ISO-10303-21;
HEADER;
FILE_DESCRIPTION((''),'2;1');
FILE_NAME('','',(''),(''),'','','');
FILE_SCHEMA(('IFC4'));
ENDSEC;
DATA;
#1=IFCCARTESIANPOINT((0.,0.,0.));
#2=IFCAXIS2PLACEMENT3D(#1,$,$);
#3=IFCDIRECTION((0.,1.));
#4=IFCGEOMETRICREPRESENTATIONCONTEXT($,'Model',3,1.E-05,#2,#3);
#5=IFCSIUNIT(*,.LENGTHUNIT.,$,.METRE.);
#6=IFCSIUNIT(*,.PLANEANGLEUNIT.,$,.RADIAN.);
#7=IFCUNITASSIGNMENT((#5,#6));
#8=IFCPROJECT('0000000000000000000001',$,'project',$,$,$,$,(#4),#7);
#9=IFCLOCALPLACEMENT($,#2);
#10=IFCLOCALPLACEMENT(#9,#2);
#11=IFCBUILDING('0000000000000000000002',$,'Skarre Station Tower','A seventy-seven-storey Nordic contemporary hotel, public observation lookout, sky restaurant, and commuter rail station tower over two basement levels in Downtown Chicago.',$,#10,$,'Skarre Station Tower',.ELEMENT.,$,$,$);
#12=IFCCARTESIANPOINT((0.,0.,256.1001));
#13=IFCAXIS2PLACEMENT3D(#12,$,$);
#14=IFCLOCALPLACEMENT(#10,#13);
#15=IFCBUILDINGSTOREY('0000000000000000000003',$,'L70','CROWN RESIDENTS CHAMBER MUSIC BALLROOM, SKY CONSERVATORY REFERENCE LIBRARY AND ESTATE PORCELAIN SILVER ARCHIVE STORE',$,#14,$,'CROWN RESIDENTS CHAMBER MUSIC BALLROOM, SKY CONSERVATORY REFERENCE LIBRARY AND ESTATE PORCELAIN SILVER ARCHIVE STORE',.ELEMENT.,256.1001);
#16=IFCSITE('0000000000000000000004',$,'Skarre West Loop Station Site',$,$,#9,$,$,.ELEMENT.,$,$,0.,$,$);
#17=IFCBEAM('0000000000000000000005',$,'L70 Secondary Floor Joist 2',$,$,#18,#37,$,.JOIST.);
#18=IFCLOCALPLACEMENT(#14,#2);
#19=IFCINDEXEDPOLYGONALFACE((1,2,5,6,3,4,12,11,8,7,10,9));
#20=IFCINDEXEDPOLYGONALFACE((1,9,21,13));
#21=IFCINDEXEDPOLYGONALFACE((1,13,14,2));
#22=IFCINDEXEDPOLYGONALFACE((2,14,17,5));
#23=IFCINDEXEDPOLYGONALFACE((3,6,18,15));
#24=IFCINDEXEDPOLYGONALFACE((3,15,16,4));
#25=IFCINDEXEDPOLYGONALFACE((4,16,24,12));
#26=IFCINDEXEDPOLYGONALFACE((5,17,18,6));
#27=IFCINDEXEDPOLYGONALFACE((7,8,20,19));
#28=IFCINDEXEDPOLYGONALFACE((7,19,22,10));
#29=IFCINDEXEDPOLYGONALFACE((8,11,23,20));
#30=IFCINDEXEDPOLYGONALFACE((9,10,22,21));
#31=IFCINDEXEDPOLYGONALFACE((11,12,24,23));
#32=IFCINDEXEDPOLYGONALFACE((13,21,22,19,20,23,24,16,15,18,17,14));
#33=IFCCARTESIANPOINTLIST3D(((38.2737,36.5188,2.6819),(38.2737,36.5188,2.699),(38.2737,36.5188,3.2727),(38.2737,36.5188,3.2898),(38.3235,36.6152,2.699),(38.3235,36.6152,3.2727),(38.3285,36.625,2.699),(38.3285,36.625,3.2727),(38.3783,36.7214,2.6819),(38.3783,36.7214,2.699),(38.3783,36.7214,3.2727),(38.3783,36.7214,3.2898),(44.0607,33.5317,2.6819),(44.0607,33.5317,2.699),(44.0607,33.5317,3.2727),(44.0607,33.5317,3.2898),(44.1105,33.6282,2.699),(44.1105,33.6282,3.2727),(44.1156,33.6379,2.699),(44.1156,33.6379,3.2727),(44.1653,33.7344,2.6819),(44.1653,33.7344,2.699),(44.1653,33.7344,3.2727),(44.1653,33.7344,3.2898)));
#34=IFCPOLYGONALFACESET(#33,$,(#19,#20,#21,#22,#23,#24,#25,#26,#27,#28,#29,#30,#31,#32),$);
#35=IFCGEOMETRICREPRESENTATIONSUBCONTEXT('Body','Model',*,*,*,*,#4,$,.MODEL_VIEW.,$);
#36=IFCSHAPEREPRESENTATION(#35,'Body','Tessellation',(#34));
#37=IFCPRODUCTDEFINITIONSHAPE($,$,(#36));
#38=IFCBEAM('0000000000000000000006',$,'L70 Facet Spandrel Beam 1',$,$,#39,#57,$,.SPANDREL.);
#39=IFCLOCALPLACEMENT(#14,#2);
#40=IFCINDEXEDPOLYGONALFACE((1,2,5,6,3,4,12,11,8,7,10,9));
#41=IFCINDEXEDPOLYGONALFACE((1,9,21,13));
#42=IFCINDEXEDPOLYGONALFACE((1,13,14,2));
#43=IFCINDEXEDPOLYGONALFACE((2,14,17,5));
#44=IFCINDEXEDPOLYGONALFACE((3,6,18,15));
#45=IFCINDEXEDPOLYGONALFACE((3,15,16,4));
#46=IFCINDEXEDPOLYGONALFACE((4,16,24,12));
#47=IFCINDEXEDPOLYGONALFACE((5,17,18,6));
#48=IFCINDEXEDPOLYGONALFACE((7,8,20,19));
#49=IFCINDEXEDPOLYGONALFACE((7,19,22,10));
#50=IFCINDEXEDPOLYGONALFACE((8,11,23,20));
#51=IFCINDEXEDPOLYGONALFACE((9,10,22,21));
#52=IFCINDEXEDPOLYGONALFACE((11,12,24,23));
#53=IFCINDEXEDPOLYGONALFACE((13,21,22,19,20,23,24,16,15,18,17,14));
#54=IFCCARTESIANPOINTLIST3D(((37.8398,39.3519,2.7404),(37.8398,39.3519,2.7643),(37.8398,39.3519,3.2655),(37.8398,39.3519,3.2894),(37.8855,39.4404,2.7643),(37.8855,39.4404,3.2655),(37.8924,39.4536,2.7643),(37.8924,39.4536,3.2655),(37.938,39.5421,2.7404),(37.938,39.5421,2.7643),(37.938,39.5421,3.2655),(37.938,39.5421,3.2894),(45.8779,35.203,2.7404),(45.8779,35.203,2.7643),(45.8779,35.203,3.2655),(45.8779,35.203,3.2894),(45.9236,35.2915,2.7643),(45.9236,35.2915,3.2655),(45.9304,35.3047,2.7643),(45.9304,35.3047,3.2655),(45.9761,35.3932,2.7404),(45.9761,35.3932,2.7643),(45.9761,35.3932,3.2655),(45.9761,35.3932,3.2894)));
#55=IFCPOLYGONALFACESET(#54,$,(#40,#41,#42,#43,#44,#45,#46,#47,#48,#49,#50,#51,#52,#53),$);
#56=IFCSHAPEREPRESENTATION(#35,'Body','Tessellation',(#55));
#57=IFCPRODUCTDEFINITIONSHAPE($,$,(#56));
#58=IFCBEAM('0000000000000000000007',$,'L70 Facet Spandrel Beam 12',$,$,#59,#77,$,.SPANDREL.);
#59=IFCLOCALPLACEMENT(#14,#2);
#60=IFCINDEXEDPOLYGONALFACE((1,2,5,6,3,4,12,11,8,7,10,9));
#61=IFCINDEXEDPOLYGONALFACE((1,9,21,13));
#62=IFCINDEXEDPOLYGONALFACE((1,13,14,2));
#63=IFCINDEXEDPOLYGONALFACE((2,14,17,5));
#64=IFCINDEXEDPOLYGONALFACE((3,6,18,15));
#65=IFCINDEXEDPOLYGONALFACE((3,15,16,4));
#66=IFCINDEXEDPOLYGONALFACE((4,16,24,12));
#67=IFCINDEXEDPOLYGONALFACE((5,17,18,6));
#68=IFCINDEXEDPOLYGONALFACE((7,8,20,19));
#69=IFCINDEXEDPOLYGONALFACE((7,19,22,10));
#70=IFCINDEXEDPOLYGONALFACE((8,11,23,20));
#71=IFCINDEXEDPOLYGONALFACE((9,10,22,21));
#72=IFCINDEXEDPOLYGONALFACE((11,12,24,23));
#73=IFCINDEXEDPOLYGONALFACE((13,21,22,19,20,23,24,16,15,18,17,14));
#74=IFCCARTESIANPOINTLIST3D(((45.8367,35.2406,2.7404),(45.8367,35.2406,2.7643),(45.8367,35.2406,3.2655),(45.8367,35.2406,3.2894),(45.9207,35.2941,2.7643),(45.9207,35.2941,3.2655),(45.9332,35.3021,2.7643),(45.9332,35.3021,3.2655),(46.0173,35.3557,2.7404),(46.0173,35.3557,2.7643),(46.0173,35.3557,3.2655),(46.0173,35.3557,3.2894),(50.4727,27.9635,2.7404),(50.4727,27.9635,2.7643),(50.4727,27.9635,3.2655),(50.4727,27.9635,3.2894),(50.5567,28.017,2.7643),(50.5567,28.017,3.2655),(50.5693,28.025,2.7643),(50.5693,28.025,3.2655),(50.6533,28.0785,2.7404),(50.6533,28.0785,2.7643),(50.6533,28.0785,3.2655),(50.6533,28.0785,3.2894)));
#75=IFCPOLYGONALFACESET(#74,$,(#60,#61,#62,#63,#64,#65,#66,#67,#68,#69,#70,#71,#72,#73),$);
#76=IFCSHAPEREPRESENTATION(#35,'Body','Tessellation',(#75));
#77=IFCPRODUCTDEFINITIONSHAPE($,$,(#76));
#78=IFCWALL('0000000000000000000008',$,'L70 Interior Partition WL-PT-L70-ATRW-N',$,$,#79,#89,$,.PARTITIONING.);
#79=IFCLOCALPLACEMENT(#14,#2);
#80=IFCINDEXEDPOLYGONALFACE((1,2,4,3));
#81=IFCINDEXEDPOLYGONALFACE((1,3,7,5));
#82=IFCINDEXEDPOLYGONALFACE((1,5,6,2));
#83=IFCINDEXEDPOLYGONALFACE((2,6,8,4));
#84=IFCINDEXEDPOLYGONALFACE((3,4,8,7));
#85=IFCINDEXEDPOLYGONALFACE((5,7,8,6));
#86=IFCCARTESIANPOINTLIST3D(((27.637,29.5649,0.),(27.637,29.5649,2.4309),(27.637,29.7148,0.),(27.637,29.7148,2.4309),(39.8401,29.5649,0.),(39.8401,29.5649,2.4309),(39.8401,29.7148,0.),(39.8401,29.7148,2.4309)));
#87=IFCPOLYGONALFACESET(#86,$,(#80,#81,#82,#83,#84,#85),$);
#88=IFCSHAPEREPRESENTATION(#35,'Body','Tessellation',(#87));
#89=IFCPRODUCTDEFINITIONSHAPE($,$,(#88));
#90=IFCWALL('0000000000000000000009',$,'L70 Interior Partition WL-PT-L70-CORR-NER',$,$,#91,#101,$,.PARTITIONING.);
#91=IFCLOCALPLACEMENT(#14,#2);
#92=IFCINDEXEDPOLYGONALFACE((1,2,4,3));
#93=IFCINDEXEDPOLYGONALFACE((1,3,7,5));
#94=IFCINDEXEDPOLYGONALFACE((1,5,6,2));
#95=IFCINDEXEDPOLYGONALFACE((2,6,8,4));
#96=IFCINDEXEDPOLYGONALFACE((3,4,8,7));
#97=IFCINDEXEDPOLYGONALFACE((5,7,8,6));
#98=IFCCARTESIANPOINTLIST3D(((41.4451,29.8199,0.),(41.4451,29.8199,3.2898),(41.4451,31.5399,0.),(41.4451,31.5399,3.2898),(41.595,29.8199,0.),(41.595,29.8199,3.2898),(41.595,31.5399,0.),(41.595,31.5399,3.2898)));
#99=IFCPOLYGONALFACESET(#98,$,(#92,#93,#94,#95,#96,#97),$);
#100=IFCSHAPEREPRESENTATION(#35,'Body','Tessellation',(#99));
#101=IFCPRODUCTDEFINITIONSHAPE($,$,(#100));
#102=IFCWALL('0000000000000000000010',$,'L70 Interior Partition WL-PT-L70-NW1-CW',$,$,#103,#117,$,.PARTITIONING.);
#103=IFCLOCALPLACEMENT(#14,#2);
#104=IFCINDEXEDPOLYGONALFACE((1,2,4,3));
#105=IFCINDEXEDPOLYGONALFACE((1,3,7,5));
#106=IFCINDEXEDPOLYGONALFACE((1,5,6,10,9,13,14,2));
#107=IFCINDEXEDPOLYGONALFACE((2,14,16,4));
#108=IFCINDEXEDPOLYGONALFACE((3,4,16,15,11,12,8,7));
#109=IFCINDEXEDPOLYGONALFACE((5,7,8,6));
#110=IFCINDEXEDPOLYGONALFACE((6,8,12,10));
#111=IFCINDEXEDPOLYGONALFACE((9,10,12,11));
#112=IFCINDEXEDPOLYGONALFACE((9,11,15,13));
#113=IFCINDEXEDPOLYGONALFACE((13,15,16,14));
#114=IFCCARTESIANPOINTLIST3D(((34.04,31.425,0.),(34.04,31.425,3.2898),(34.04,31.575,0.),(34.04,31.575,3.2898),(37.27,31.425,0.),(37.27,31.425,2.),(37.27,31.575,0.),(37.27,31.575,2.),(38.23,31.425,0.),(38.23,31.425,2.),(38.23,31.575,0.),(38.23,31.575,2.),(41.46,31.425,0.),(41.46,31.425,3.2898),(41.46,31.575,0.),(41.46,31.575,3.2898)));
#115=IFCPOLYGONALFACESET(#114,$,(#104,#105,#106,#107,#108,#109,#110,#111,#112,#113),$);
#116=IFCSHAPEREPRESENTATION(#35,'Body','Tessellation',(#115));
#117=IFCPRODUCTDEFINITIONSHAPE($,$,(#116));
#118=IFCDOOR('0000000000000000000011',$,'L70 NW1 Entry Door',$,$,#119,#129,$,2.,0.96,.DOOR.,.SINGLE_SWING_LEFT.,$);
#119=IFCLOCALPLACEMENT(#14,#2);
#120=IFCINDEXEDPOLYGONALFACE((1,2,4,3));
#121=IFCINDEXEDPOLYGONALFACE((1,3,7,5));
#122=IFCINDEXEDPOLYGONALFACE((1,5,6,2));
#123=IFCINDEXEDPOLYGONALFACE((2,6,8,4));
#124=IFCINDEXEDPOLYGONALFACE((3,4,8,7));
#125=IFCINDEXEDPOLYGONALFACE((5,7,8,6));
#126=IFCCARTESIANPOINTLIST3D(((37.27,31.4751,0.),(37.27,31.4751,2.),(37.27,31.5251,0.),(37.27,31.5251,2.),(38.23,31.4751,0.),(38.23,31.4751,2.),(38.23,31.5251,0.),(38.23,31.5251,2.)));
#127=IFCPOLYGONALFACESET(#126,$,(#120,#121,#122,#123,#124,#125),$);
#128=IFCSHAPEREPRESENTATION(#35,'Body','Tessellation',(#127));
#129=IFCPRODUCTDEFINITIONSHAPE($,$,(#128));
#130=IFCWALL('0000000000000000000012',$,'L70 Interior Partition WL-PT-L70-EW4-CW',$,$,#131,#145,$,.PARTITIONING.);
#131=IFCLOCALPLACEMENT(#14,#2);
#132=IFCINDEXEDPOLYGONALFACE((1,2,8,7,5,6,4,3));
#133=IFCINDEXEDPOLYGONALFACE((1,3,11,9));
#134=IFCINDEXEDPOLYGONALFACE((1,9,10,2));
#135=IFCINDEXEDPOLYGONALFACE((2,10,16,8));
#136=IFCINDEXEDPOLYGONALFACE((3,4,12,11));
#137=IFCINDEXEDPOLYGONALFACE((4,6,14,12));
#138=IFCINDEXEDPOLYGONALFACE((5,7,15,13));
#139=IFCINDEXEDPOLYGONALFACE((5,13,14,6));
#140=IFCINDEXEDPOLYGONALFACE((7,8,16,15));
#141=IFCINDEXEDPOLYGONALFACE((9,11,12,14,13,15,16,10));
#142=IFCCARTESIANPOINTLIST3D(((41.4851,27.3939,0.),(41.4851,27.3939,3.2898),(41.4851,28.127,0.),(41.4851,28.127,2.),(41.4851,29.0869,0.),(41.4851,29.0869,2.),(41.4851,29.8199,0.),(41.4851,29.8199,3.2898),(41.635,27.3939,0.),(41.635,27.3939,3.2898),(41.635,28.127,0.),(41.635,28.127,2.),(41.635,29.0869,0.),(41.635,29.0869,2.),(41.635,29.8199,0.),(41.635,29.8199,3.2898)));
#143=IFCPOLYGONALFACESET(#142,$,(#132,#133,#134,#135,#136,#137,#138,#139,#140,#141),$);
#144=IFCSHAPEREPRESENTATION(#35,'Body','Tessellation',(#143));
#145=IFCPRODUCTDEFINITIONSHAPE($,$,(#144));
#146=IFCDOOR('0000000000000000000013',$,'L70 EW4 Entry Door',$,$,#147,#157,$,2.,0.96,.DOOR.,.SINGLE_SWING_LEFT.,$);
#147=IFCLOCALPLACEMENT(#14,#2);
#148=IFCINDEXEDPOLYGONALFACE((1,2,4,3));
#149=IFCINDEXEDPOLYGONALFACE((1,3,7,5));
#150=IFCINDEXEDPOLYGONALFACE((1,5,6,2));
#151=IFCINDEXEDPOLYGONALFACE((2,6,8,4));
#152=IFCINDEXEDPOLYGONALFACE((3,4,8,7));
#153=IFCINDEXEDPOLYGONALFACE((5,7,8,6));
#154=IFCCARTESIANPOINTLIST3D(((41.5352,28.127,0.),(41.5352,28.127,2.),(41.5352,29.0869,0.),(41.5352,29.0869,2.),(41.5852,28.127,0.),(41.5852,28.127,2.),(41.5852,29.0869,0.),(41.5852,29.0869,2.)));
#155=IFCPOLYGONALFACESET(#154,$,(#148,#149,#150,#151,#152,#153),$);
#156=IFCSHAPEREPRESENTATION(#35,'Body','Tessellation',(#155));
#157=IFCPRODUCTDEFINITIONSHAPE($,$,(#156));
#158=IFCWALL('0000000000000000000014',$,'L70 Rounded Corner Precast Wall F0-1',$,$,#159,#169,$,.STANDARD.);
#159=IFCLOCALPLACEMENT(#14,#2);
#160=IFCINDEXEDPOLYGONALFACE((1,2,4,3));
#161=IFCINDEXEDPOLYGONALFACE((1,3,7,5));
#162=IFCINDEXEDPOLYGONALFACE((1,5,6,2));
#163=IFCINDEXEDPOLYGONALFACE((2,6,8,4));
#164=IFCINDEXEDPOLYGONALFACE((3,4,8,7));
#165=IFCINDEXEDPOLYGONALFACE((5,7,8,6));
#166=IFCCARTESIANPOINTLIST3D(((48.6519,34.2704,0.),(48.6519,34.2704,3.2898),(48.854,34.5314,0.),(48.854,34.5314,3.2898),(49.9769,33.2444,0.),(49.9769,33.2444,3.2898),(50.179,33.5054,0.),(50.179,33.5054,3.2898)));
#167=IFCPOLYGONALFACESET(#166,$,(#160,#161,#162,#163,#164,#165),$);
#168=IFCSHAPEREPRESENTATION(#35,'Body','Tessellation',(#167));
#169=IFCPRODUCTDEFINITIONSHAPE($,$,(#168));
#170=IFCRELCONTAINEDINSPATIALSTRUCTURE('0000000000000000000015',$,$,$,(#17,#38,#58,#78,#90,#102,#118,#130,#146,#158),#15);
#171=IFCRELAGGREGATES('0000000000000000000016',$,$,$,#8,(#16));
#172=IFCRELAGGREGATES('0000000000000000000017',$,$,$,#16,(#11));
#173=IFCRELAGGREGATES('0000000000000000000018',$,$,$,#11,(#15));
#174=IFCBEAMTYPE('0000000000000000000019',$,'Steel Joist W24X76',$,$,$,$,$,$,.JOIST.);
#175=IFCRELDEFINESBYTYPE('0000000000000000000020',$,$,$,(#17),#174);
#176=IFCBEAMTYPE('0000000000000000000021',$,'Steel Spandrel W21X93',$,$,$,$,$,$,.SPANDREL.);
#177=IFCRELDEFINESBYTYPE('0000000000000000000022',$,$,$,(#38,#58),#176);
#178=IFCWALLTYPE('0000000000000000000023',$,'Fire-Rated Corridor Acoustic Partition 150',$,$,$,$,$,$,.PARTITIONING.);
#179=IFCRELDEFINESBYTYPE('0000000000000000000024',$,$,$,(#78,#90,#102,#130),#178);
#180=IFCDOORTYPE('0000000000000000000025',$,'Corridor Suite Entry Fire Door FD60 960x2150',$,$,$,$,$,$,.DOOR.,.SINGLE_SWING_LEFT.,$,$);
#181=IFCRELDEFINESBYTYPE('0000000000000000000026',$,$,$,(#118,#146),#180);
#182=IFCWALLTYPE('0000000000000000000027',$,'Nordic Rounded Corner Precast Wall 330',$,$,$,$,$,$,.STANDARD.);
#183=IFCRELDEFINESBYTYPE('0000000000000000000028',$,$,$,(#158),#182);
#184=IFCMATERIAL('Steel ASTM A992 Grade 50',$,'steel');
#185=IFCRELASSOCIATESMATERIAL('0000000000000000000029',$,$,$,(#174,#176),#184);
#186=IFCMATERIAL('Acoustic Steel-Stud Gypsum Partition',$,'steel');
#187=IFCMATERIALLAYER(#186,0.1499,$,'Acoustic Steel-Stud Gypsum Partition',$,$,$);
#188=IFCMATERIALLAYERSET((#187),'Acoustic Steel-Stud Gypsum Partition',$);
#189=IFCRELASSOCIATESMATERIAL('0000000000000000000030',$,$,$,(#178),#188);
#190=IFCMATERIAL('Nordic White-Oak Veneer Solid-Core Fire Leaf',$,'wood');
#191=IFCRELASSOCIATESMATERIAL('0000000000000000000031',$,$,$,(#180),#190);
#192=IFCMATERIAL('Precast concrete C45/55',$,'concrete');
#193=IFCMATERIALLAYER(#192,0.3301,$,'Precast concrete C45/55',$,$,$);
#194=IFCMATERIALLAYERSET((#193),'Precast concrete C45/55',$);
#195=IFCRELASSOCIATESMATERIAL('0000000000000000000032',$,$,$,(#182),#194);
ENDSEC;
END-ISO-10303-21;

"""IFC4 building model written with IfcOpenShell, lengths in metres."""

from ifc_helpers import new_model, si_unit, direction, frame, frame_2d, origin, origin_2d, place, context, subcontext, project, spatial, rectangle, i_section, extrude, material, layer, layer_set, material_profile, profile_set, type_object, element, fill, save


model = new_model("IFC4")

# Units and contexts
model_context = context("Model", 3, precision=1e-05, world=origin(), true_north=direction((0.0, 1.0)))
body_context = subcontext(model_context, "Body", "Model", "MODEL_VIEW")
ifc_project = project(units=[si_unit("LENGTHUNIT", "METRE"), si_unit("PLANEANGLEUNIT", "RADIAN")], contexts=[model_context])

# Site, building, storey
site_placement = place(None, origin())
site = spatial("IfcSite", under=ifc_project, at=site_placement, Name="Skarre West Loop Station Site", CompositionType="ELEMENT", RefElevation=0.0)
building_placement = place(site_placement, origin())
building = spatial("IfcBuilding", under=site, at=building_placement, Name="Skarre Station Tower", Description="A seventy-seven-storey Nordic contemporary hotel, public observation lookout, sky restaurant, and commuter rail station tower over two basement levels in Downtown Chicago.", LongName="Skarre Station Tower", CompositionType="ELEMENT")
storey_placement = place(building_placement, frame((0.0, 0.0, 256.1001)))
storey = spatial("IfcBuildingStorey", under=building, at=storey_placement, Name="L70", Description="CROWN RESIDENTS CHAMBER MUSIC BALLROOM, SKY CONSERVATORY REFERENCE LIBRARY AND ESTATE PORCELAIN SILVER ARCHIVE STORE", LongName="CROWN RESIDENTS CHAMBER MUSIC BALLROOM, SKY CONSERVATORY REFERENCE LIBRARY AND ESTATE PORCELAIN SILVER ARCHIVE STORE", CompositionType="ELEMENT", Elevation=256.1001)

# Beams
ifc_material_1 = material(Name="Steel ASTM A992 Grade 50", Category="steel")
ifc_material_profile_1 = material_profile(ifc_material_1, i_section(OverallWidth=0.228, OverallDepth=0.6079, WebThickness=0.011, FlangeThickness=0.0171, at=origin_2d()), Name="Steel ASTM A992 Grade 50")
ifc_profile_set_1 = profile_set([ifc_material_profile_1], Name="Steel ASTM A992 Grade 50")
beam_type_1 = type_object("IfcBeamType", Name="Steel Joist W24X76", PredefinedType="JOIST", material=ifc_profile_set_1)
beam_1_placement = place(storey_placement, frame((44.113, 33.6331, 2.9858), z_axis=(-0.88861, 0.458663, 0.0), x_axis=(-0.458663, -0.88861, 0.0)))
element("IfcBeam", 1, at=beam_1_placement, inside=storey, type_object=beam_type_1, Name="L70 Secondary Floor Joist 2", PredefinedType="JOIST", context=body_context, shape_type="SweptSolid", body=[
    extrude(i_section(OverallWidth=0.228, OverallDepth=0.6079, WebThickness=0.011, FlangeThickness=0.0171, at=origin_2d()), origin(), (0.0, 0.0, 1.0), 6.5125),
])
ifc_material_profile_2 = material_profile(ifc_material_1, i_section(OverallWidth=0.2141, OverallDepth=0.5491, WebThickness=0.0149, FlangeThickness=0.0239, at=origin_2d()), Name="Steel ASTM A992 Grade 50")
ifc_profile_set_2 = profile_set([ifc_material_profile_2], Name="Steel ASTM A992 Grade 50")
beam_type_2 = type_object("IfcBeamType", Name="Steel Spandrel W21X93", PredefinedType="SPANDREL", material=ifc_profile_set_2)
beam_2_placement = place(storey_placement, frame((45.927, 35.2981, 3.0149), z_axis=(-0.88861, 0.458664, 0.0), x_axis=(-0.458664, -0.88861, 0.0)))
element("IfcBeam", 2, at=beam_2_placement, inside=storey, type_object=beam_type_2, Name="L70 Facet Spandrel Beam 1", PredefinedType="SPANDREL", context=body_context, shape_type="SweptSolid", body=[
    extrude(i_section(OverallWidth=0.2141, OverallDepth=0.5491, WebThickness=0.0149, FlangeThickness=0.0239, at=origin_2d()), origin(), (0.0, 0.0, 1.0), 9.0457),
])
beam_3_placement = place(storey_placement, frame((50.563, 28.021, 3.0149), z_axis=(-0.537297, 0.843393, 0.0), x_axis=(-0.843393, -0.537297, 0.0)))
element("IfcBeam", 3, at=beam_3_placement, inside=storey, type_object=beam_type_2, Name="L70 Facet Spandrel Beam 12", PredefinedType="SPANDREL", context=body_context, shape_type="SweptSolid", body=[
    extrude(i_section(OverallWidth=0.2141, OverallDepth=0.5491, WebThickness=0.0149, FlangeThickness=0.0239, at=origin_2d()), origin(), (0.0, 0.0, 1.0), 8.6284),
])

# Walls
ifc_material_2 = material(Name="Acoustic Steel-Stud Gypsum Partition", Category="steel")
ifc_layer_1 = layer(ifc_material_2, 0.1499, Name="Acoustic Steel-Stud Gypsum Partition")
ifc_layer_set_1 = layer_set([ifc_layer_1], Name="Acoustic Steel-Stud Gypsum Partition")
wall_type_1 = type_object("IfcWallType", Name="Fire-Rated Corridor Acoustic Partition 150", PredefinedType="PARTITIONING", material=ifc_layer_set_1)
wall_1_placement = place(storey_placement, frame((39.8401, 29.6399, 0.0), z_axis=(0.0, 0.0, 1.0), x_axis=(-1.0, 0.0, 0.0)))
element("IfcWall", 4, at=wall_1_placement, inside=storey, type_object=wall_type_1, Name="L70 Interior Partition WL-PT-L70-ATRW-N", PredefinedType="PARTITIONING", context=body_context, shape_type="SweptSolid", body=[
    extrude(rectangle(XDim=12.2031, YDim=0.1499, at=frame_2d((6.1016, 0.0))), origin(), (0.0, 0.0, 1.0), 2.4309),
])
wall_2_placement = place(storey_placement, frame((41.52, 29.8201, 0.0), z_axis=(0.0, 0.0, 1.0), x_axis=(0.0, 1.0, 0.0)))
element("IfcWall", 5, at=wall_2_placement, inside=storey, type_object=wall_type_1, Name="L70 Interior Partition WL-PT-L70-CORR-NER", PredefinedType="PARTITIONING", context=body_context, shape_type="SweptSolid", body=[
    extrude(rectangle(XDim=1.72, YDim=0.1499, at=frame_2d((0.8599, 0.0))), origin(), (0.0, 0.0, 1.0), 3.2898),
])

# Walls, openings, doors
wall_3_placement = place(storey_placement, frame((41.46, 31.5, 0.0), z_axis=(0.0, 0.0, 1.0), x_axis=(-1.0, 0.0, 0.0)))
wall_3 = element("IfcWall", 6, at=wall_3_placement, inside=storey, type_object=wall_type_1, Name="L70 Interior Partition WL-PT-L70-NW1-CW", PredefinedType="PARTITIONING", context=body_context, shape_type="SweptSolid", body=[
    extrude(rectangle(XDim=7.4199, YDim=0.1499, at=frame_2d((3.71, 0.0))), origin(), (0.0, 0.0, 1.0), 3.2898),
])
opening_1_placement = place(wall_3_placement, frame((3.23, 0.0, 0.0)))
opening_1 = element("IfcOpeningElement", 7, at=opening_1_placement, cuts=wall_3, PredefinedType="OPENING", context=body_context, shape_type="SweptSolid", body=[
    extrude(rectangle(XDim=0.96, YDim=2.0, at=frame_2d((0.48, 1.0))), frame((0.0, 0.085, 0.0), z_axis=(0.0, -1.0, 0.0), x_axis=(1.0, 0.0, 0.0)), (0.0, 0.0, 1.0), 0.1699),
])
ifc_material_3 = material(Name="Nordic White-Oak Veneer Solid-Core Fire Leaf", Category="wood")
door_type_1 = type_object("IfcDoorType", Name="Corridor Suite Entry Fire Door FD60 960x2150", OperationType="SINGLE_SWING_LEFT", PredefinedType="DOOR", material=ifc_material_3)
door_1_placement = place(opening_1_placement, origin())
door_1 = element("IfcDoor", 8, at=door_1_placement, inside=storey, type_object=door_type_1, Name="L70 NW1 Entry Door", OperationType="SINGLE_SWING_LEFT", OverallHeight=2.0, OverallWidth=0.96, PredefinedType="DOOR", context=body_context, shape_type="SweptSolid", body=[
    extrude(rectangle(XDim=0.96, YDim=2.0, at=frame_2d((0.48, 1.0))), frame((0.0, 0.0249, 0.0), z_axis=(0.0, -1.0, 0.0), x_axis=(1.0, 0.0, 0.0)), (0.0, 0.0, 1.0), 0.05),
])
fill(opening_1, door_1)
wall_4_placement = place(storey_placement, frame((41.5601, 27.394, 0.0), z_axis=(0.0, 0.0, 1.0), x_axis=(0.0, 1.0, 0.0)))
wall_4 = element("IfcWall", 9, at=wall_4_placement, inside=storey, type_object=wall_type_1, Name="L70 Interior Partition WL-PT-L70-EW4-CW", PredefinedType="PARTITIONING", context=body_context, shape_type="SweptSolid", body=[
    extrude(rectangle(XDim=2.426, YDim=0.1499, at=frame_2d((1.2129, 0.0))), origin(), (0.0, 0.0, 1.0), 3.2898),
])
opening_2_placement = place(wall_4_placement, frame((0.7329, 0.0, 0.0)))
opening_2 = element("IfcOpeningElement", 10, at=opening_2_placement, cuts=wall_4, PredefinedType="OPENING", context=body_context, shape_type="SweptSolid", body=[
    extrude(rectangle(XDim=0.96, YDim=2.0, at=frame_2d((0.48, 1.0))), frame((0.0, 0.085, 0.0), z_axis=(0.0, -1.0, 0.0), x_axis=(1.0, 0.0, 0.0)), (0.0, 0.0, 1.0), 0.1699),
])
door_2_placement = place(opening_2_placement, origin())
door_2 = element("IfcDoor", 11, at=door_2_placement, inside=storey, type_object=door_type_1, Name="L70 EW4 Entry Door", OperationType="SINGLE_SWING_LEFT", OverallHeight=2.0, OverallWidth=0.96, PredefinedType="DOOR", context=body_context, shape_type="SweptSolid", body=[
    extrude(rectangle(XDim=0.96, YDim=2.0, at=frame_2d((0.48, 1.0))), frame((0.0, 0.0249, 0.0), z_axis=(0.0, -1.0, 0.0), x_axis=(1.0, 0.0, 0.0)), (0.0, 0.0, 1.0), 0.05),
])
fill(opening_2, door_2)

# Wall
ifc_material_4 = material(Name="Precast concrete C45/55", Category="concrete")
ifc_layer_2 = layer(ifc_material_4, 0.3301, Name="Precast concrete C45/55")
ifc_layer_set_2 = layer_set([ifc_layer_2], Name="Precast concrete C45/55")
wall_type_2 = type_object("IfcWallType", Name="Nordic Rounded Corner Precast Wall 330", PredefinedType="STANDARD", material=ifc_layer_set_2)
wall_5_placement = place(storey_placement, frame((48.7529, 34.4009, 0.0), z_axis=(0.0, 0.0, 1.0), x_axis=(0.790692, -0.612214, 0.0)))
element("IfcWall", 12, at=wall_5_placement, inside=storey, type_object=wall_type_2, Name="L70 Rounded Corner Precast Wall F0-1", PredefinedType="STANDARD", context=body_context, shape_type="SweptSolid", body=[
    extrude(rectangle(XDim=1.6758, YDim=0.3301, at=frame_2d((0.8379, 0.0))), origin(), (0.0, 0.0, 1.0), 3.2898),
])

save(model, "model.ifc")
